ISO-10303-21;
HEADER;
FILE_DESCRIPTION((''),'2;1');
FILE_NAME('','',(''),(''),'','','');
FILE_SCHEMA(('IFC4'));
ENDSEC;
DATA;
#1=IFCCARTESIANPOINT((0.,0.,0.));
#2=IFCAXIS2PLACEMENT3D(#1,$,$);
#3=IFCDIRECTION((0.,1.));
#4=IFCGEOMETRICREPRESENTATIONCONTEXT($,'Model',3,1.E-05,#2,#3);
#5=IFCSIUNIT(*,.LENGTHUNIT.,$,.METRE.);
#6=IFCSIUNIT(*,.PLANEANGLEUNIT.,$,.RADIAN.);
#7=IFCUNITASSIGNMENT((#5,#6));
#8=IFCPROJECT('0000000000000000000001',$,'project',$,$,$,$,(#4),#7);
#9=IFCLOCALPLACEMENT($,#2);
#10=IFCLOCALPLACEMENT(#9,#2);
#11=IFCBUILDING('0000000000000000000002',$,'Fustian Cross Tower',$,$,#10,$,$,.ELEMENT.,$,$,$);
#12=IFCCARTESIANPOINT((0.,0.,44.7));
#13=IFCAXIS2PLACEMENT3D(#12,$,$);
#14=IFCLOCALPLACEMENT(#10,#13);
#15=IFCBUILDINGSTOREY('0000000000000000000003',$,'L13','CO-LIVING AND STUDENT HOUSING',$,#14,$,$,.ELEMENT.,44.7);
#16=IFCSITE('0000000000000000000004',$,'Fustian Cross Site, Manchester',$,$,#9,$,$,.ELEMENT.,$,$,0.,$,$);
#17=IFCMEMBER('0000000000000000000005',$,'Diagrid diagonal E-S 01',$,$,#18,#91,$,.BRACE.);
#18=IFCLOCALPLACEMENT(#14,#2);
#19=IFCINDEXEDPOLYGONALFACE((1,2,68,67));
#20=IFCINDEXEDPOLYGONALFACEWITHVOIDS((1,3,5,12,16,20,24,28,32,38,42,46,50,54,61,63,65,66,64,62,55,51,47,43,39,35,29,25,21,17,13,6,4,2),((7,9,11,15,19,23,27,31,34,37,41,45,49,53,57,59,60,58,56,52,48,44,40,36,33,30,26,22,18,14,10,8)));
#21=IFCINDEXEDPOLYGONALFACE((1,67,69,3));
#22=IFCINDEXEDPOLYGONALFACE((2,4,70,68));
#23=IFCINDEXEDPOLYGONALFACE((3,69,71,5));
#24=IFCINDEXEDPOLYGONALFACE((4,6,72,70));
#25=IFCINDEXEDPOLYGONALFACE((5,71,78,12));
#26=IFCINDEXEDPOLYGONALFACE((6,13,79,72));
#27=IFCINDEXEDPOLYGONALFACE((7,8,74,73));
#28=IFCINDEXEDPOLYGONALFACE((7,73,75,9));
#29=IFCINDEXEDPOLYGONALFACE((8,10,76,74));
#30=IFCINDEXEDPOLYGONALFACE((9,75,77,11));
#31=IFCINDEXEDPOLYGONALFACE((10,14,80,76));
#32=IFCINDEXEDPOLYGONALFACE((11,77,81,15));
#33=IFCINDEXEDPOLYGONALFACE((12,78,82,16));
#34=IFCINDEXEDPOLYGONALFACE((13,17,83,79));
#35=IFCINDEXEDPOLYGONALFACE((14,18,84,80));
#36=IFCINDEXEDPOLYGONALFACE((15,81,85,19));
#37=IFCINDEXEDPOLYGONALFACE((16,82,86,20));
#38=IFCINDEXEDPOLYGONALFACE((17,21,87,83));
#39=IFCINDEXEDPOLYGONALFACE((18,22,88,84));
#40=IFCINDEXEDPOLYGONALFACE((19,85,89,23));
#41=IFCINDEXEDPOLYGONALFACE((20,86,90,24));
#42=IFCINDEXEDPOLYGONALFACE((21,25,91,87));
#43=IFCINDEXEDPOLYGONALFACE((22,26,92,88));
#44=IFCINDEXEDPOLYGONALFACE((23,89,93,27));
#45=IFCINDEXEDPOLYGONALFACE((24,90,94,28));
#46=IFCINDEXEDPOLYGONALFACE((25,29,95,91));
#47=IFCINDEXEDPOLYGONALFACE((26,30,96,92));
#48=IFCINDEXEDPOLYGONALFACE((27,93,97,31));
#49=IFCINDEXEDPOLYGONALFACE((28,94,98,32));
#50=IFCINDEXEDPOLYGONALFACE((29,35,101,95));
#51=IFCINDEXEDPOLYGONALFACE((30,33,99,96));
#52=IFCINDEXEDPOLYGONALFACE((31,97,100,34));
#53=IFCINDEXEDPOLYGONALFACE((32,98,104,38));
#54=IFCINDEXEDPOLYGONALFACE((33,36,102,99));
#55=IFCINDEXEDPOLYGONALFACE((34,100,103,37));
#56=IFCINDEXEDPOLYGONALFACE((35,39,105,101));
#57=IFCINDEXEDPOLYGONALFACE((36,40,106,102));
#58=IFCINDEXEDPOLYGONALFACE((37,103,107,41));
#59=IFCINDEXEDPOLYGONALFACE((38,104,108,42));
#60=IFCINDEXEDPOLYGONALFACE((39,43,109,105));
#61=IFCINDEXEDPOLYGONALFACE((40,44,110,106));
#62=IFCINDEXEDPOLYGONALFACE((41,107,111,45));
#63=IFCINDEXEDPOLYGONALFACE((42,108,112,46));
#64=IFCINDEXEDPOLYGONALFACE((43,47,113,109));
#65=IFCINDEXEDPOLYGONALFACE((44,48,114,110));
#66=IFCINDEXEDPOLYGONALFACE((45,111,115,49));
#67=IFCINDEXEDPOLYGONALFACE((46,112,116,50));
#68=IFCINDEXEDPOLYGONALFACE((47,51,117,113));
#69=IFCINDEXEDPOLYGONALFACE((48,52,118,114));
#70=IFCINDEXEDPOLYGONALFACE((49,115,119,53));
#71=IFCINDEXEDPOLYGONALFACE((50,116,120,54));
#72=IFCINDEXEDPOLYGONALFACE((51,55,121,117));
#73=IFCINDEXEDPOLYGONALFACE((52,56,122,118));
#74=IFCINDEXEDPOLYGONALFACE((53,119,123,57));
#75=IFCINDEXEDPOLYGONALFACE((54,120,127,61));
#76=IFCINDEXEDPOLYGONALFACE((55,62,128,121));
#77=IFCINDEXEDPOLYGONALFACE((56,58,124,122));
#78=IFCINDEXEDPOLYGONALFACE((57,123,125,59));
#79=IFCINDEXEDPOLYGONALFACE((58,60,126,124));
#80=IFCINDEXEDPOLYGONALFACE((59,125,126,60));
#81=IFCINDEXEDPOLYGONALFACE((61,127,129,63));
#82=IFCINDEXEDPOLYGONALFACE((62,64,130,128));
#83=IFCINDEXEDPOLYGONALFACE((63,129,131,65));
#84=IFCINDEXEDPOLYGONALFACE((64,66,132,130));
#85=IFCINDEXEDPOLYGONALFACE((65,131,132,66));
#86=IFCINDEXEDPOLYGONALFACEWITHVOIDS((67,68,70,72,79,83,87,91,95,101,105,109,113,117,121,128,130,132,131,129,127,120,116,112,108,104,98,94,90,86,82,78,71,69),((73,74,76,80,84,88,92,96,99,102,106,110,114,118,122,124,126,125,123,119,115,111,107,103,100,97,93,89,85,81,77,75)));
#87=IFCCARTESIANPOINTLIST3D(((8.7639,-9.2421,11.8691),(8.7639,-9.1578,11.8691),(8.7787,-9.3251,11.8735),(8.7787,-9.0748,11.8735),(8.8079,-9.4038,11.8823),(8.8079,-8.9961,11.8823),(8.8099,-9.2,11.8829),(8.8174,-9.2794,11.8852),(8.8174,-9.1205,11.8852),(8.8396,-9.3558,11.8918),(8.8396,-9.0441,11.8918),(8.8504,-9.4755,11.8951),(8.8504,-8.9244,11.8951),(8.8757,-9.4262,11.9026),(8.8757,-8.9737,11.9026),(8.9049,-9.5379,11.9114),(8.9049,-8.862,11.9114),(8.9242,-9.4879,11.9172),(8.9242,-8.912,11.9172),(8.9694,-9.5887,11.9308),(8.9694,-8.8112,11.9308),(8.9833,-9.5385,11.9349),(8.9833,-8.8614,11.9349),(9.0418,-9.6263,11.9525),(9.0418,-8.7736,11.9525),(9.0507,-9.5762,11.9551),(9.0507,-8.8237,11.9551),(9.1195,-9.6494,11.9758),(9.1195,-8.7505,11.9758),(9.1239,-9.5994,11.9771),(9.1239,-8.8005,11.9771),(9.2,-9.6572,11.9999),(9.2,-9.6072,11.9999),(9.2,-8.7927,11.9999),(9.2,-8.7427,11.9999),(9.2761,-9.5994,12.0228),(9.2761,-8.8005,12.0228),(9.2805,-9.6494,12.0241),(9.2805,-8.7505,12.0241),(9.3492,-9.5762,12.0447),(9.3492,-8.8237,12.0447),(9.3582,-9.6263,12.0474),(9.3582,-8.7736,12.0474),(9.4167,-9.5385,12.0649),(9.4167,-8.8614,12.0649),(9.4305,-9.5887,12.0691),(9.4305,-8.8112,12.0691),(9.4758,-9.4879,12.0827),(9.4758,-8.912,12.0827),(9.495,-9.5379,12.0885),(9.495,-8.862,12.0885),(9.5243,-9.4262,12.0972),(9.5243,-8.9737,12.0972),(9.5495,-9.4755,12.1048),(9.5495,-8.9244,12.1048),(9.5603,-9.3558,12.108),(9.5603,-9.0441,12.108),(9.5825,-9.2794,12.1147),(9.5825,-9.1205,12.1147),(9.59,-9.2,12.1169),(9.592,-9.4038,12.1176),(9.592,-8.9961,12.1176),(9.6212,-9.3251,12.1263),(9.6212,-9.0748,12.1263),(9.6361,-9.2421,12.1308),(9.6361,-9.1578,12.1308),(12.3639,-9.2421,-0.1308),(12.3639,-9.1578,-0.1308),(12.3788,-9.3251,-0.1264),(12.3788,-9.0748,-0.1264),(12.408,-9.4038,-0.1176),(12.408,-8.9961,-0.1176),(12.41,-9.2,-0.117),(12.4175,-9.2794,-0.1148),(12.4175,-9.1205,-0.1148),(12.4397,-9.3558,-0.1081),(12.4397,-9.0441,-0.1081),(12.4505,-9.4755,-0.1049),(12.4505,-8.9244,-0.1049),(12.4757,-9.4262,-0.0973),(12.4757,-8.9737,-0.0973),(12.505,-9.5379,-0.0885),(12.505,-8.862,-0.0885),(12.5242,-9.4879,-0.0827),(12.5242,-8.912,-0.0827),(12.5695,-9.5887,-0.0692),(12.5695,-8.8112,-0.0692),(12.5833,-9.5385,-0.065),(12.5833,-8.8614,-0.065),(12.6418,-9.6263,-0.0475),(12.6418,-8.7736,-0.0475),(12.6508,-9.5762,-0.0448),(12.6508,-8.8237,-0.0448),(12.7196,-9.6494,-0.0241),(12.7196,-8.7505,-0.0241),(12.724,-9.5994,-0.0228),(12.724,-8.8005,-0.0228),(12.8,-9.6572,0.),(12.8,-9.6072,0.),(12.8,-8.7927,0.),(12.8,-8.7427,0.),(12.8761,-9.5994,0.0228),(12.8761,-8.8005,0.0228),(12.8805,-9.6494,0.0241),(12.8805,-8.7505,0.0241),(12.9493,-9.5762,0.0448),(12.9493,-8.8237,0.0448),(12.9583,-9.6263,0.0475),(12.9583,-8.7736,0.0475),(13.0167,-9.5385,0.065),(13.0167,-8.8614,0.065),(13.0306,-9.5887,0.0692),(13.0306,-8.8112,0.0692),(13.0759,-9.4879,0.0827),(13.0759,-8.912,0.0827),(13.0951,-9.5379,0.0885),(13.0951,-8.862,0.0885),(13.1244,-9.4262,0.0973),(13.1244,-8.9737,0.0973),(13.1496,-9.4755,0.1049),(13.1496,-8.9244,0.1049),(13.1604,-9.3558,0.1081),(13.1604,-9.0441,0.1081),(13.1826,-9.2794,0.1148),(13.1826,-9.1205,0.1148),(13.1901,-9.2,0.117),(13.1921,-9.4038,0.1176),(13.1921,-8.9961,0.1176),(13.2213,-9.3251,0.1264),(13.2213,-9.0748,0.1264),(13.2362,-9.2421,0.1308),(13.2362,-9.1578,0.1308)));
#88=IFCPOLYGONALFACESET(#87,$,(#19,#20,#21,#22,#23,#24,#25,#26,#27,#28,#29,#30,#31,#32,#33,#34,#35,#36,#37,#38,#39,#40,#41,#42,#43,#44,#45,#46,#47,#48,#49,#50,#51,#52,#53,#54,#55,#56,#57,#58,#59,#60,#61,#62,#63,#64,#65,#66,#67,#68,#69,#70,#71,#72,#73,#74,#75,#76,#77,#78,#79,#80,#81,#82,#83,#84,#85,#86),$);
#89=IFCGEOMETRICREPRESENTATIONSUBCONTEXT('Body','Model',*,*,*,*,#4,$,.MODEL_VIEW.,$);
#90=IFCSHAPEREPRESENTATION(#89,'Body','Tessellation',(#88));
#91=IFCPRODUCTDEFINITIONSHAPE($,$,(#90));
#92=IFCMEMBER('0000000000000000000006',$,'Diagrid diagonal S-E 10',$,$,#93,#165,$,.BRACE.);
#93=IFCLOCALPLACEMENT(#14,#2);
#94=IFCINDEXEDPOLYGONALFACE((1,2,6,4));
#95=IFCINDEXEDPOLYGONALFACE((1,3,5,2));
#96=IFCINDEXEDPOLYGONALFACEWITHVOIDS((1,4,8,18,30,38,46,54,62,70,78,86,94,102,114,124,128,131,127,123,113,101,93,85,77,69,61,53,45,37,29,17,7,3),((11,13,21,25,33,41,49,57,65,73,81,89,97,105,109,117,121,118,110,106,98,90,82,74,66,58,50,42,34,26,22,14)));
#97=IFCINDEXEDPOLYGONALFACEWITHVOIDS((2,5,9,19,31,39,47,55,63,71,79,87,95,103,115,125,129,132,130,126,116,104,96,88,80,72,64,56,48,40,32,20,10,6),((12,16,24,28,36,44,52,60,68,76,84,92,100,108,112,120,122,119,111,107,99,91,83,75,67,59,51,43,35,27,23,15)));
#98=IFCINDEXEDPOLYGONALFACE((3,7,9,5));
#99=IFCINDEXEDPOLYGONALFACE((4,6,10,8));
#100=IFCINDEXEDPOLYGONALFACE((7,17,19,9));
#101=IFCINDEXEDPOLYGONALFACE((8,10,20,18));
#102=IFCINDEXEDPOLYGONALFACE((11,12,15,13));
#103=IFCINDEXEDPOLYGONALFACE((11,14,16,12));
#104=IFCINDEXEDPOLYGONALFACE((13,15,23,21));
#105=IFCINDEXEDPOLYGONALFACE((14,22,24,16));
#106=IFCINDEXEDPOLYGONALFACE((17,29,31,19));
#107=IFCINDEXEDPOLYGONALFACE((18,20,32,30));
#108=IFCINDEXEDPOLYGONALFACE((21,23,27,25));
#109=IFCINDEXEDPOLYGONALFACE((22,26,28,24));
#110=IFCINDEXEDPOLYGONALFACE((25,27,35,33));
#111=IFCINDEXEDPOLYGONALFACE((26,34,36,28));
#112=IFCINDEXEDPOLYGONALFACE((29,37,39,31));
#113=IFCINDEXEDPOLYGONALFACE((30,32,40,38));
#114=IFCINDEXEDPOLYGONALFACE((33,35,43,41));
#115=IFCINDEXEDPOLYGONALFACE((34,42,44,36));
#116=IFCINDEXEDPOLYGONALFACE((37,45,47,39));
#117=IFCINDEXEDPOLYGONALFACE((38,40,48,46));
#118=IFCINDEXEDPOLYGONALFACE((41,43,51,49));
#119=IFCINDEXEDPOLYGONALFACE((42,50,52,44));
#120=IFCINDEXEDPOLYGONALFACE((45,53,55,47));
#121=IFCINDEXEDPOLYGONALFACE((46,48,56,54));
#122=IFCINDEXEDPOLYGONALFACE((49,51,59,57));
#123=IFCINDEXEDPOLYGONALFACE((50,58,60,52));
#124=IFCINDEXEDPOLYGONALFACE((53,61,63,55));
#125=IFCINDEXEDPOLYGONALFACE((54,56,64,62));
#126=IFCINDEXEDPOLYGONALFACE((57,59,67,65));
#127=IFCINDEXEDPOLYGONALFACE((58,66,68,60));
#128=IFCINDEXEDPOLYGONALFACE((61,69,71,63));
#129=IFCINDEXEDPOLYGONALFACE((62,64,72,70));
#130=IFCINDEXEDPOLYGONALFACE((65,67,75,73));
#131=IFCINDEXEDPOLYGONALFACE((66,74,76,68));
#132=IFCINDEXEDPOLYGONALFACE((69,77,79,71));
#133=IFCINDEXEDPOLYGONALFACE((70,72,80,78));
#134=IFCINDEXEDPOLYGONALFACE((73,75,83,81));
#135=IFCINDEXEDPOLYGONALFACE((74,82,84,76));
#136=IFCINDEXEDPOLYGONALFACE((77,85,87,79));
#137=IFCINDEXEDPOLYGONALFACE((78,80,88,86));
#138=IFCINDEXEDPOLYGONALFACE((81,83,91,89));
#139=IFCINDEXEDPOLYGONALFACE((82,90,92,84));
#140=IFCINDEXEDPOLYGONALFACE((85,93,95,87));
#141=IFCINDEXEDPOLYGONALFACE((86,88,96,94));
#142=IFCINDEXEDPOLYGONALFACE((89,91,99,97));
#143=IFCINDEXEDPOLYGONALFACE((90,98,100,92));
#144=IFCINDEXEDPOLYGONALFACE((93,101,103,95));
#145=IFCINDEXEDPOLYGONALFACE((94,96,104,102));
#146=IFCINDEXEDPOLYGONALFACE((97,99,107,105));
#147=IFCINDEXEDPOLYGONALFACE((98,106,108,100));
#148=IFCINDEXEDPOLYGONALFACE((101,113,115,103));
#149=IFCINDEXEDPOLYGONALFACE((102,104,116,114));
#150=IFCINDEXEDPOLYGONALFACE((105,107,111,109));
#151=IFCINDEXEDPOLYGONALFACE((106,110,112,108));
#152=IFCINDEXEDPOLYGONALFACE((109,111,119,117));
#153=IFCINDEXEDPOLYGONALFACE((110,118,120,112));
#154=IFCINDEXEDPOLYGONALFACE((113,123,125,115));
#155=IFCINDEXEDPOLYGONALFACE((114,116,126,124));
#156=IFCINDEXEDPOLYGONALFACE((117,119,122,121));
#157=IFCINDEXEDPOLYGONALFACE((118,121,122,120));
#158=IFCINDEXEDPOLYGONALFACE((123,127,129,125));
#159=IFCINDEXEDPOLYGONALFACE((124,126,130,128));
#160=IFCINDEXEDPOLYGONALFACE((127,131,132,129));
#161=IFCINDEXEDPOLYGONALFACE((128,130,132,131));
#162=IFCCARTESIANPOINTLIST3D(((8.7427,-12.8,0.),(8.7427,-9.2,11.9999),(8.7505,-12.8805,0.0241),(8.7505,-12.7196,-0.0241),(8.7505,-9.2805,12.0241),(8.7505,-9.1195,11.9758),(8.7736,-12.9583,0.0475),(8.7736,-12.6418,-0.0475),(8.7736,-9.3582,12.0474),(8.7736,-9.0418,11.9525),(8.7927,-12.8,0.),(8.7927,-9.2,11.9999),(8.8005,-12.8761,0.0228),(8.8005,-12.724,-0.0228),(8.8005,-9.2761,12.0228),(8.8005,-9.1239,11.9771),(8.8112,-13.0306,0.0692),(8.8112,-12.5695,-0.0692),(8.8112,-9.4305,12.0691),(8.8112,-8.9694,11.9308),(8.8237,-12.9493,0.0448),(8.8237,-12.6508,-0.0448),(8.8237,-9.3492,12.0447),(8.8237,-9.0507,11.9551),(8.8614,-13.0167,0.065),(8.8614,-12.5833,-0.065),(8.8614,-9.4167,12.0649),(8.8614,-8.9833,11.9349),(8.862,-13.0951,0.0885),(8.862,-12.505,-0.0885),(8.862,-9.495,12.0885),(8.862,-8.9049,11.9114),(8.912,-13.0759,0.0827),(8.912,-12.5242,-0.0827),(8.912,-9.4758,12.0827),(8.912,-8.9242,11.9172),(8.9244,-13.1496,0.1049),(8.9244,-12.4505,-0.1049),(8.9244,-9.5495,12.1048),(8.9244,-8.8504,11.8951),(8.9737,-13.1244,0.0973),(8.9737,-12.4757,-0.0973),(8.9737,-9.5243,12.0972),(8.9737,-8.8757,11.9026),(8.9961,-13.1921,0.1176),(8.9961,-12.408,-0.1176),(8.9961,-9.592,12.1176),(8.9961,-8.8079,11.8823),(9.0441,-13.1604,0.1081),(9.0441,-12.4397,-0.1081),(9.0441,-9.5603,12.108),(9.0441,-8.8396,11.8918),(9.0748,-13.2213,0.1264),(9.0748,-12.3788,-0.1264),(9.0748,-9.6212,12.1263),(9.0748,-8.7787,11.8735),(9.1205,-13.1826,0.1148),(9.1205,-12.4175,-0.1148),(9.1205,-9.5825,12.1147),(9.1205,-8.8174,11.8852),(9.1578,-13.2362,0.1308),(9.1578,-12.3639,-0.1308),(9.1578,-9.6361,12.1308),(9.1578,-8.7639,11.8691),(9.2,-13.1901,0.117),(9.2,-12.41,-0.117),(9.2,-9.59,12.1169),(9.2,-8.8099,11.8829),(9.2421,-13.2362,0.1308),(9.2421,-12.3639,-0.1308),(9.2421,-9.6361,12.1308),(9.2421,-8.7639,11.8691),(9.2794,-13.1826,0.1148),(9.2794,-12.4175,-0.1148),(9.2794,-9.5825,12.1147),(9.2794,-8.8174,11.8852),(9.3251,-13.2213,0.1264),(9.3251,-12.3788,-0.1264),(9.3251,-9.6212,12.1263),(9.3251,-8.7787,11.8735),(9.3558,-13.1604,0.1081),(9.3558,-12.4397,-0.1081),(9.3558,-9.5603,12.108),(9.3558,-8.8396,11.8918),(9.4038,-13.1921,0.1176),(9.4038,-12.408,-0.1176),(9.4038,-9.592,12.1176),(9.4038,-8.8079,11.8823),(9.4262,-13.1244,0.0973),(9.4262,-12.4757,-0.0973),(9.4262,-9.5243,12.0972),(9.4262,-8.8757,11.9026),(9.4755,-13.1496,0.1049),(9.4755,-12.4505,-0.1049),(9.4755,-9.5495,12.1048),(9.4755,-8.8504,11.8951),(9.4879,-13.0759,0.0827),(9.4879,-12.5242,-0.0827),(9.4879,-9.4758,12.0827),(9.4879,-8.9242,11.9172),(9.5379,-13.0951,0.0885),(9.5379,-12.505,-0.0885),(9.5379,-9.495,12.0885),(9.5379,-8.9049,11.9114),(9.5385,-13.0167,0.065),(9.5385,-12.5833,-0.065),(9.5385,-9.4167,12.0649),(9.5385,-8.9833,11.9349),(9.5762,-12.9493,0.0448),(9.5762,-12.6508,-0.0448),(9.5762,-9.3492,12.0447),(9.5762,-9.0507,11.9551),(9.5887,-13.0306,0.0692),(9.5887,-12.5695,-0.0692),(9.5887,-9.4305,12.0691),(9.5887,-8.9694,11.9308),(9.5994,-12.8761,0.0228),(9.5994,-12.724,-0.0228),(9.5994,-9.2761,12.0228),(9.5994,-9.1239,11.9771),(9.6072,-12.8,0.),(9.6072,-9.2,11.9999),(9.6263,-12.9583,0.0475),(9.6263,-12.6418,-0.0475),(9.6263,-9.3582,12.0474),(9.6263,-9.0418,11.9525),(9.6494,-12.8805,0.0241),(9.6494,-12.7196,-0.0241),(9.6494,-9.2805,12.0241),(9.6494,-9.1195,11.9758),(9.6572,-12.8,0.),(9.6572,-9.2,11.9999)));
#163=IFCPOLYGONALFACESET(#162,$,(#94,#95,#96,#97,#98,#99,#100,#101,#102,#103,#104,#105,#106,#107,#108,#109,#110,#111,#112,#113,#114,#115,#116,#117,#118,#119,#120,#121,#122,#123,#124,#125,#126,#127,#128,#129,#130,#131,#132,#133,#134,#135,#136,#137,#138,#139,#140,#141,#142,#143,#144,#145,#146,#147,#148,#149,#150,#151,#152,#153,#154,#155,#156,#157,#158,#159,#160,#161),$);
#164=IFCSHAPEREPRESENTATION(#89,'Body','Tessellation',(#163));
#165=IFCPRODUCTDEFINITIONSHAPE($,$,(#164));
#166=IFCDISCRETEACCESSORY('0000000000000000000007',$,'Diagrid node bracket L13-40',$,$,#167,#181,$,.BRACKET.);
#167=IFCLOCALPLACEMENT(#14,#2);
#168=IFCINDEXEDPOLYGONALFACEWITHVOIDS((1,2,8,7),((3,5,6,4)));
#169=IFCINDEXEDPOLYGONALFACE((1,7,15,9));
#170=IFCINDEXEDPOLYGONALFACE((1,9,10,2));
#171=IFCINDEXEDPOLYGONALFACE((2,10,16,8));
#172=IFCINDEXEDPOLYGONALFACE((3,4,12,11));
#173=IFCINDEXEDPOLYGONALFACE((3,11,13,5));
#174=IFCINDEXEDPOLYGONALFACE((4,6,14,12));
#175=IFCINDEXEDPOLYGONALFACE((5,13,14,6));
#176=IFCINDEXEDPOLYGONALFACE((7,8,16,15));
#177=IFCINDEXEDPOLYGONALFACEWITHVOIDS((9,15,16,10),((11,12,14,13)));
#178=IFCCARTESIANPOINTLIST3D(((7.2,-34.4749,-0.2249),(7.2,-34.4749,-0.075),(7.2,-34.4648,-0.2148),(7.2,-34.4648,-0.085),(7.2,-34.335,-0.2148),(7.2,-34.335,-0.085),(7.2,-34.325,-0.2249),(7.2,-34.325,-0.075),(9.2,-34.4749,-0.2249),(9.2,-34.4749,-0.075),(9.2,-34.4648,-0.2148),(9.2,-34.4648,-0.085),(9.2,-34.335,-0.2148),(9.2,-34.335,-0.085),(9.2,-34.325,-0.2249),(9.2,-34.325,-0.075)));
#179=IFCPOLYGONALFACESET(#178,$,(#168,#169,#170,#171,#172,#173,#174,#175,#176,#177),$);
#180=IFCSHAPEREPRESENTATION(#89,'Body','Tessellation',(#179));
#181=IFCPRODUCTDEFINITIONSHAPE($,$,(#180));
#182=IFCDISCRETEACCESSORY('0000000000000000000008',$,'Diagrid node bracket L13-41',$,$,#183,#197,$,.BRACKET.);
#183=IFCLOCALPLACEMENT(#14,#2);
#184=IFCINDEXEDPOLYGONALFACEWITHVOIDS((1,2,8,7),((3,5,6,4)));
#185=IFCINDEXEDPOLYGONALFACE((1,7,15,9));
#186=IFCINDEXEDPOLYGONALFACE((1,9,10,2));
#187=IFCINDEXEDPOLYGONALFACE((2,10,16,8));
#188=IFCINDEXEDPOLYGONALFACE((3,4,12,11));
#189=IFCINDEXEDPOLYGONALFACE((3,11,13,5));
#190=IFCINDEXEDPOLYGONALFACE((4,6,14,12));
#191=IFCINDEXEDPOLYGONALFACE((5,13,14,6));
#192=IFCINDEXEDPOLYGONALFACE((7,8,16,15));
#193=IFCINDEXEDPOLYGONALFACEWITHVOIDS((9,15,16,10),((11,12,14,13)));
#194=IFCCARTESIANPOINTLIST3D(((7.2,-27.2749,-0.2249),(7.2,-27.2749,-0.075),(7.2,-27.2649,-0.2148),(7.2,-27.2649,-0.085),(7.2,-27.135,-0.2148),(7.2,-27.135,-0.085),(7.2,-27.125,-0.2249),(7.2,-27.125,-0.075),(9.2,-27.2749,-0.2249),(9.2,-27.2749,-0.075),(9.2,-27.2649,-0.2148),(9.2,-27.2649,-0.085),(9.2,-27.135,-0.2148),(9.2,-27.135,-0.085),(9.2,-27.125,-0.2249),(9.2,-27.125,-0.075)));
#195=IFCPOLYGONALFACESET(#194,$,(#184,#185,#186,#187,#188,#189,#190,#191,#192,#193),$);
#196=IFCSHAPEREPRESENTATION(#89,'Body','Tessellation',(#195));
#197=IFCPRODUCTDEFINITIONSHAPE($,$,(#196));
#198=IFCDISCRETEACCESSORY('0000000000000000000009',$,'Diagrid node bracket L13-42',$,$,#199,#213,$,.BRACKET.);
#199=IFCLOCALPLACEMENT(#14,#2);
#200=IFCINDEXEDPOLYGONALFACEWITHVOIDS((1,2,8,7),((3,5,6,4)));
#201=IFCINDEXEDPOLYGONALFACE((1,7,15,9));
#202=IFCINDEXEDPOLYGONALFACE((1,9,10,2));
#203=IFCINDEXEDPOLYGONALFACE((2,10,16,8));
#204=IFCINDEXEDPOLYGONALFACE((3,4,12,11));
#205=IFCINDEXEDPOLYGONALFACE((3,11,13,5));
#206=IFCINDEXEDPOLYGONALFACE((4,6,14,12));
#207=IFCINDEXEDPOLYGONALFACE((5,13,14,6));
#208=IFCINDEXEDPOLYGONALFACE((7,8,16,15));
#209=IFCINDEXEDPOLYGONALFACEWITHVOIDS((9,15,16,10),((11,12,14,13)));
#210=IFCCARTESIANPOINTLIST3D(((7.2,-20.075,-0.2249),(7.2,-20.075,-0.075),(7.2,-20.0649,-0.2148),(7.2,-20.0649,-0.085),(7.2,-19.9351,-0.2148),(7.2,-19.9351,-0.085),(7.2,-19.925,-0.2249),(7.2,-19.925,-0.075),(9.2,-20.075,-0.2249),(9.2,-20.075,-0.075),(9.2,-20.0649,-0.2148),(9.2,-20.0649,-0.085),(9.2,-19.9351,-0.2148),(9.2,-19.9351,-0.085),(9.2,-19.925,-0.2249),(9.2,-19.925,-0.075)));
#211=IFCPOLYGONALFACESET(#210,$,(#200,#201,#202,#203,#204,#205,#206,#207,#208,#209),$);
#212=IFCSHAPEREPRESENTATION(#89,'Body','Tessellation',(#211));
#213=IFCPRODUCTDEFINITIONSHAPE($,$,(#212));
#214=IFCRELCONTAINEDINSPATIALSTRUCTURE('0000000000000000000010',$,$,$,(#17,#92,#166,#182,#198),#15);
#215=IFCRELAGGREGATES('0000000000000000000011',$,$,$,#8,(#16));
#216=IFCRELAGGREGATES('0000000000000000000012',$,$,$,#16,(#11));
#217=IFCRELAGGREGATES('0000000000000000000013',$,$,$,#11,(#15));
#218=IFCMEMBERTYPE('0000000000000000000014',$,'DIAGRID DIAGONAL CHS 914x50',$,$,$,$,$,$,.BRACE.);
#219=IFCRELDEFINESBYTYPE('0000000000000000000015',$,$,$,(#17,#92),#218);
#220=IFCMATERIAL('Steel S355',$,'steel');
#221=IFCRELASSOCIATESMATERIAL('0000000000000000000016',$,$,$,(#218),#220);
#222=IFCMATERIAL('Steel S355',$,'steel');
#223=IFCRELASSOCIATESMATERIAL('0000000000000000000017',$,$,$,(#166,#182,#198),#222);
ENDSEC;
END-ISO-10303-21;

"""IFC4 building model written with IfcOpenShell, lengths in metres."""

from ifc_helpers import new_model, si_unit, direction, frame, origin, origin_2d, place, context, subcontext, project, spatial, hollow_rectangle, hollow_circle, extrude, material, material_profile, profile_set, type_object, element, save


model = new_model("IFC4")

# Units and contexts
model_context = context("Model", 3, precision=1e-05, world=origin(), true_north=direction((0.0, 1.0)))
body_context = subcontext(model_context, "Body", "Model", "MODEL_VIEW")
ifc_project = project(units=[si_unit("LENGTHUNIT", "METRE"), si_unit("PLANEANGLEUNIT", "RADIAN")], contexts=[model_context])

# Site, building, storey
site_placement = place(None, origin())
site = spatial("IfcSite", under=ifc_project, at=site_placement, Name="Fustian Cross Site, Manchester", CompositionType="ELEMENT", RefElevation=0.0)
building_placement = place(site_placement, origin())
building = spatial("IfcBuilding", under=site, at=building_placement, Name="Fustian Cross Tower", CompositionType="ELEMENT")
storey_placement = place(building_placement, frame((0.0, 0.0, 44.7)))
storey = spatial("IfcBuildingStorey", under=building, at=storey_placement, Name="L13", Description="CO-LIVING AND STUDENT HOUSING", CompositionType="ELEMENT", Elevation=44.7)

# Members
ifc_material_1 = material(Name="Steel S355", Category="steel")
ifc_material_profile_1 = material_profile(ifc_material_1, hollow_circle(Radius=0.4573, WallThickness=0.05, at=origin_2d()), Name="CHS 914x50")
ifc_profile_set_1 = profile_set([ifc_material_profile_1], Name="Steel S355")
member_type_1 = type_object("IfcMemberType", Name="DIAGRID DIAGONAL CHS 914x50", PredefinedType="BRACE", material=ifc_profile_set_1)
for number, where, z_axis, x_axis, name in (
    (1, (12.8, -9.2, 0.0), (-0.287355, 0.0, 0.957824), (0.0, -1.0, 0.0), "Diagrid diagonal E-S 01"),
    (2, (9.2, -12.8, 0.0), (0.0, 0.287355, 0.957824), (-1.0, 0.0, 0.0), "Diagrid diagonal S-E 10"),
):
    element("IfcMember", number, at=place(storey_placement, frame(where, z_axis=z_axis, x_axis=x_axis)), inside=storey, type_object=member_type_1, Name=name, PredefinedType="BRACE", context=body_context, shape_type="SweptSolid", body=[
        extrude(hollow_circle(Radius=0.4573, WallThickness=0.05, at=origin_2d()), origin(), (0.0, 0.0, 1.0), 12.5283),
    ])

# Discrete accessories
ifc_material_2 = material(Name="Steel S355", Category="steel")
for number, where, z_axis, x_axis, name in (
    (3, (9.2, -34.3999, -0.1499), (-1.0, 0.0, 0.0), (0.0, -1.0, 0.0), "Diagrid node bracket L13-40"),
    (4, (9.2, -27.2, -0.1499), (-1.0, 0.0, 0.0), (0.0, -1.0, 0.0), "Diagrid node bracket L13-41"),
    (5, (9.2, -20.0, -0.1499), (-1.0, 0.0, 0.0), (0.0, -1.0, 0.0), "Diagrid node bracket L13-42"),
):
    element("IfcDiscreteAccessory", number, at=place(storey_placement, frame(where, z_axis=z_axis, x_axis=x_axis)), inside=storey, material=ifc_material_2, Name=name, PredefinedType="BRACKET", context=body_context, shape_type="SweptSolid", body=[
        extrude(hollow_rectangle(XDim=0.1499, YDim=0.1499, WallThickness=0.01, at=origin_2d()), origin(), (0.0, 0.0, 1.0), 2.0),
    ])

save(model, "model.ifc")
